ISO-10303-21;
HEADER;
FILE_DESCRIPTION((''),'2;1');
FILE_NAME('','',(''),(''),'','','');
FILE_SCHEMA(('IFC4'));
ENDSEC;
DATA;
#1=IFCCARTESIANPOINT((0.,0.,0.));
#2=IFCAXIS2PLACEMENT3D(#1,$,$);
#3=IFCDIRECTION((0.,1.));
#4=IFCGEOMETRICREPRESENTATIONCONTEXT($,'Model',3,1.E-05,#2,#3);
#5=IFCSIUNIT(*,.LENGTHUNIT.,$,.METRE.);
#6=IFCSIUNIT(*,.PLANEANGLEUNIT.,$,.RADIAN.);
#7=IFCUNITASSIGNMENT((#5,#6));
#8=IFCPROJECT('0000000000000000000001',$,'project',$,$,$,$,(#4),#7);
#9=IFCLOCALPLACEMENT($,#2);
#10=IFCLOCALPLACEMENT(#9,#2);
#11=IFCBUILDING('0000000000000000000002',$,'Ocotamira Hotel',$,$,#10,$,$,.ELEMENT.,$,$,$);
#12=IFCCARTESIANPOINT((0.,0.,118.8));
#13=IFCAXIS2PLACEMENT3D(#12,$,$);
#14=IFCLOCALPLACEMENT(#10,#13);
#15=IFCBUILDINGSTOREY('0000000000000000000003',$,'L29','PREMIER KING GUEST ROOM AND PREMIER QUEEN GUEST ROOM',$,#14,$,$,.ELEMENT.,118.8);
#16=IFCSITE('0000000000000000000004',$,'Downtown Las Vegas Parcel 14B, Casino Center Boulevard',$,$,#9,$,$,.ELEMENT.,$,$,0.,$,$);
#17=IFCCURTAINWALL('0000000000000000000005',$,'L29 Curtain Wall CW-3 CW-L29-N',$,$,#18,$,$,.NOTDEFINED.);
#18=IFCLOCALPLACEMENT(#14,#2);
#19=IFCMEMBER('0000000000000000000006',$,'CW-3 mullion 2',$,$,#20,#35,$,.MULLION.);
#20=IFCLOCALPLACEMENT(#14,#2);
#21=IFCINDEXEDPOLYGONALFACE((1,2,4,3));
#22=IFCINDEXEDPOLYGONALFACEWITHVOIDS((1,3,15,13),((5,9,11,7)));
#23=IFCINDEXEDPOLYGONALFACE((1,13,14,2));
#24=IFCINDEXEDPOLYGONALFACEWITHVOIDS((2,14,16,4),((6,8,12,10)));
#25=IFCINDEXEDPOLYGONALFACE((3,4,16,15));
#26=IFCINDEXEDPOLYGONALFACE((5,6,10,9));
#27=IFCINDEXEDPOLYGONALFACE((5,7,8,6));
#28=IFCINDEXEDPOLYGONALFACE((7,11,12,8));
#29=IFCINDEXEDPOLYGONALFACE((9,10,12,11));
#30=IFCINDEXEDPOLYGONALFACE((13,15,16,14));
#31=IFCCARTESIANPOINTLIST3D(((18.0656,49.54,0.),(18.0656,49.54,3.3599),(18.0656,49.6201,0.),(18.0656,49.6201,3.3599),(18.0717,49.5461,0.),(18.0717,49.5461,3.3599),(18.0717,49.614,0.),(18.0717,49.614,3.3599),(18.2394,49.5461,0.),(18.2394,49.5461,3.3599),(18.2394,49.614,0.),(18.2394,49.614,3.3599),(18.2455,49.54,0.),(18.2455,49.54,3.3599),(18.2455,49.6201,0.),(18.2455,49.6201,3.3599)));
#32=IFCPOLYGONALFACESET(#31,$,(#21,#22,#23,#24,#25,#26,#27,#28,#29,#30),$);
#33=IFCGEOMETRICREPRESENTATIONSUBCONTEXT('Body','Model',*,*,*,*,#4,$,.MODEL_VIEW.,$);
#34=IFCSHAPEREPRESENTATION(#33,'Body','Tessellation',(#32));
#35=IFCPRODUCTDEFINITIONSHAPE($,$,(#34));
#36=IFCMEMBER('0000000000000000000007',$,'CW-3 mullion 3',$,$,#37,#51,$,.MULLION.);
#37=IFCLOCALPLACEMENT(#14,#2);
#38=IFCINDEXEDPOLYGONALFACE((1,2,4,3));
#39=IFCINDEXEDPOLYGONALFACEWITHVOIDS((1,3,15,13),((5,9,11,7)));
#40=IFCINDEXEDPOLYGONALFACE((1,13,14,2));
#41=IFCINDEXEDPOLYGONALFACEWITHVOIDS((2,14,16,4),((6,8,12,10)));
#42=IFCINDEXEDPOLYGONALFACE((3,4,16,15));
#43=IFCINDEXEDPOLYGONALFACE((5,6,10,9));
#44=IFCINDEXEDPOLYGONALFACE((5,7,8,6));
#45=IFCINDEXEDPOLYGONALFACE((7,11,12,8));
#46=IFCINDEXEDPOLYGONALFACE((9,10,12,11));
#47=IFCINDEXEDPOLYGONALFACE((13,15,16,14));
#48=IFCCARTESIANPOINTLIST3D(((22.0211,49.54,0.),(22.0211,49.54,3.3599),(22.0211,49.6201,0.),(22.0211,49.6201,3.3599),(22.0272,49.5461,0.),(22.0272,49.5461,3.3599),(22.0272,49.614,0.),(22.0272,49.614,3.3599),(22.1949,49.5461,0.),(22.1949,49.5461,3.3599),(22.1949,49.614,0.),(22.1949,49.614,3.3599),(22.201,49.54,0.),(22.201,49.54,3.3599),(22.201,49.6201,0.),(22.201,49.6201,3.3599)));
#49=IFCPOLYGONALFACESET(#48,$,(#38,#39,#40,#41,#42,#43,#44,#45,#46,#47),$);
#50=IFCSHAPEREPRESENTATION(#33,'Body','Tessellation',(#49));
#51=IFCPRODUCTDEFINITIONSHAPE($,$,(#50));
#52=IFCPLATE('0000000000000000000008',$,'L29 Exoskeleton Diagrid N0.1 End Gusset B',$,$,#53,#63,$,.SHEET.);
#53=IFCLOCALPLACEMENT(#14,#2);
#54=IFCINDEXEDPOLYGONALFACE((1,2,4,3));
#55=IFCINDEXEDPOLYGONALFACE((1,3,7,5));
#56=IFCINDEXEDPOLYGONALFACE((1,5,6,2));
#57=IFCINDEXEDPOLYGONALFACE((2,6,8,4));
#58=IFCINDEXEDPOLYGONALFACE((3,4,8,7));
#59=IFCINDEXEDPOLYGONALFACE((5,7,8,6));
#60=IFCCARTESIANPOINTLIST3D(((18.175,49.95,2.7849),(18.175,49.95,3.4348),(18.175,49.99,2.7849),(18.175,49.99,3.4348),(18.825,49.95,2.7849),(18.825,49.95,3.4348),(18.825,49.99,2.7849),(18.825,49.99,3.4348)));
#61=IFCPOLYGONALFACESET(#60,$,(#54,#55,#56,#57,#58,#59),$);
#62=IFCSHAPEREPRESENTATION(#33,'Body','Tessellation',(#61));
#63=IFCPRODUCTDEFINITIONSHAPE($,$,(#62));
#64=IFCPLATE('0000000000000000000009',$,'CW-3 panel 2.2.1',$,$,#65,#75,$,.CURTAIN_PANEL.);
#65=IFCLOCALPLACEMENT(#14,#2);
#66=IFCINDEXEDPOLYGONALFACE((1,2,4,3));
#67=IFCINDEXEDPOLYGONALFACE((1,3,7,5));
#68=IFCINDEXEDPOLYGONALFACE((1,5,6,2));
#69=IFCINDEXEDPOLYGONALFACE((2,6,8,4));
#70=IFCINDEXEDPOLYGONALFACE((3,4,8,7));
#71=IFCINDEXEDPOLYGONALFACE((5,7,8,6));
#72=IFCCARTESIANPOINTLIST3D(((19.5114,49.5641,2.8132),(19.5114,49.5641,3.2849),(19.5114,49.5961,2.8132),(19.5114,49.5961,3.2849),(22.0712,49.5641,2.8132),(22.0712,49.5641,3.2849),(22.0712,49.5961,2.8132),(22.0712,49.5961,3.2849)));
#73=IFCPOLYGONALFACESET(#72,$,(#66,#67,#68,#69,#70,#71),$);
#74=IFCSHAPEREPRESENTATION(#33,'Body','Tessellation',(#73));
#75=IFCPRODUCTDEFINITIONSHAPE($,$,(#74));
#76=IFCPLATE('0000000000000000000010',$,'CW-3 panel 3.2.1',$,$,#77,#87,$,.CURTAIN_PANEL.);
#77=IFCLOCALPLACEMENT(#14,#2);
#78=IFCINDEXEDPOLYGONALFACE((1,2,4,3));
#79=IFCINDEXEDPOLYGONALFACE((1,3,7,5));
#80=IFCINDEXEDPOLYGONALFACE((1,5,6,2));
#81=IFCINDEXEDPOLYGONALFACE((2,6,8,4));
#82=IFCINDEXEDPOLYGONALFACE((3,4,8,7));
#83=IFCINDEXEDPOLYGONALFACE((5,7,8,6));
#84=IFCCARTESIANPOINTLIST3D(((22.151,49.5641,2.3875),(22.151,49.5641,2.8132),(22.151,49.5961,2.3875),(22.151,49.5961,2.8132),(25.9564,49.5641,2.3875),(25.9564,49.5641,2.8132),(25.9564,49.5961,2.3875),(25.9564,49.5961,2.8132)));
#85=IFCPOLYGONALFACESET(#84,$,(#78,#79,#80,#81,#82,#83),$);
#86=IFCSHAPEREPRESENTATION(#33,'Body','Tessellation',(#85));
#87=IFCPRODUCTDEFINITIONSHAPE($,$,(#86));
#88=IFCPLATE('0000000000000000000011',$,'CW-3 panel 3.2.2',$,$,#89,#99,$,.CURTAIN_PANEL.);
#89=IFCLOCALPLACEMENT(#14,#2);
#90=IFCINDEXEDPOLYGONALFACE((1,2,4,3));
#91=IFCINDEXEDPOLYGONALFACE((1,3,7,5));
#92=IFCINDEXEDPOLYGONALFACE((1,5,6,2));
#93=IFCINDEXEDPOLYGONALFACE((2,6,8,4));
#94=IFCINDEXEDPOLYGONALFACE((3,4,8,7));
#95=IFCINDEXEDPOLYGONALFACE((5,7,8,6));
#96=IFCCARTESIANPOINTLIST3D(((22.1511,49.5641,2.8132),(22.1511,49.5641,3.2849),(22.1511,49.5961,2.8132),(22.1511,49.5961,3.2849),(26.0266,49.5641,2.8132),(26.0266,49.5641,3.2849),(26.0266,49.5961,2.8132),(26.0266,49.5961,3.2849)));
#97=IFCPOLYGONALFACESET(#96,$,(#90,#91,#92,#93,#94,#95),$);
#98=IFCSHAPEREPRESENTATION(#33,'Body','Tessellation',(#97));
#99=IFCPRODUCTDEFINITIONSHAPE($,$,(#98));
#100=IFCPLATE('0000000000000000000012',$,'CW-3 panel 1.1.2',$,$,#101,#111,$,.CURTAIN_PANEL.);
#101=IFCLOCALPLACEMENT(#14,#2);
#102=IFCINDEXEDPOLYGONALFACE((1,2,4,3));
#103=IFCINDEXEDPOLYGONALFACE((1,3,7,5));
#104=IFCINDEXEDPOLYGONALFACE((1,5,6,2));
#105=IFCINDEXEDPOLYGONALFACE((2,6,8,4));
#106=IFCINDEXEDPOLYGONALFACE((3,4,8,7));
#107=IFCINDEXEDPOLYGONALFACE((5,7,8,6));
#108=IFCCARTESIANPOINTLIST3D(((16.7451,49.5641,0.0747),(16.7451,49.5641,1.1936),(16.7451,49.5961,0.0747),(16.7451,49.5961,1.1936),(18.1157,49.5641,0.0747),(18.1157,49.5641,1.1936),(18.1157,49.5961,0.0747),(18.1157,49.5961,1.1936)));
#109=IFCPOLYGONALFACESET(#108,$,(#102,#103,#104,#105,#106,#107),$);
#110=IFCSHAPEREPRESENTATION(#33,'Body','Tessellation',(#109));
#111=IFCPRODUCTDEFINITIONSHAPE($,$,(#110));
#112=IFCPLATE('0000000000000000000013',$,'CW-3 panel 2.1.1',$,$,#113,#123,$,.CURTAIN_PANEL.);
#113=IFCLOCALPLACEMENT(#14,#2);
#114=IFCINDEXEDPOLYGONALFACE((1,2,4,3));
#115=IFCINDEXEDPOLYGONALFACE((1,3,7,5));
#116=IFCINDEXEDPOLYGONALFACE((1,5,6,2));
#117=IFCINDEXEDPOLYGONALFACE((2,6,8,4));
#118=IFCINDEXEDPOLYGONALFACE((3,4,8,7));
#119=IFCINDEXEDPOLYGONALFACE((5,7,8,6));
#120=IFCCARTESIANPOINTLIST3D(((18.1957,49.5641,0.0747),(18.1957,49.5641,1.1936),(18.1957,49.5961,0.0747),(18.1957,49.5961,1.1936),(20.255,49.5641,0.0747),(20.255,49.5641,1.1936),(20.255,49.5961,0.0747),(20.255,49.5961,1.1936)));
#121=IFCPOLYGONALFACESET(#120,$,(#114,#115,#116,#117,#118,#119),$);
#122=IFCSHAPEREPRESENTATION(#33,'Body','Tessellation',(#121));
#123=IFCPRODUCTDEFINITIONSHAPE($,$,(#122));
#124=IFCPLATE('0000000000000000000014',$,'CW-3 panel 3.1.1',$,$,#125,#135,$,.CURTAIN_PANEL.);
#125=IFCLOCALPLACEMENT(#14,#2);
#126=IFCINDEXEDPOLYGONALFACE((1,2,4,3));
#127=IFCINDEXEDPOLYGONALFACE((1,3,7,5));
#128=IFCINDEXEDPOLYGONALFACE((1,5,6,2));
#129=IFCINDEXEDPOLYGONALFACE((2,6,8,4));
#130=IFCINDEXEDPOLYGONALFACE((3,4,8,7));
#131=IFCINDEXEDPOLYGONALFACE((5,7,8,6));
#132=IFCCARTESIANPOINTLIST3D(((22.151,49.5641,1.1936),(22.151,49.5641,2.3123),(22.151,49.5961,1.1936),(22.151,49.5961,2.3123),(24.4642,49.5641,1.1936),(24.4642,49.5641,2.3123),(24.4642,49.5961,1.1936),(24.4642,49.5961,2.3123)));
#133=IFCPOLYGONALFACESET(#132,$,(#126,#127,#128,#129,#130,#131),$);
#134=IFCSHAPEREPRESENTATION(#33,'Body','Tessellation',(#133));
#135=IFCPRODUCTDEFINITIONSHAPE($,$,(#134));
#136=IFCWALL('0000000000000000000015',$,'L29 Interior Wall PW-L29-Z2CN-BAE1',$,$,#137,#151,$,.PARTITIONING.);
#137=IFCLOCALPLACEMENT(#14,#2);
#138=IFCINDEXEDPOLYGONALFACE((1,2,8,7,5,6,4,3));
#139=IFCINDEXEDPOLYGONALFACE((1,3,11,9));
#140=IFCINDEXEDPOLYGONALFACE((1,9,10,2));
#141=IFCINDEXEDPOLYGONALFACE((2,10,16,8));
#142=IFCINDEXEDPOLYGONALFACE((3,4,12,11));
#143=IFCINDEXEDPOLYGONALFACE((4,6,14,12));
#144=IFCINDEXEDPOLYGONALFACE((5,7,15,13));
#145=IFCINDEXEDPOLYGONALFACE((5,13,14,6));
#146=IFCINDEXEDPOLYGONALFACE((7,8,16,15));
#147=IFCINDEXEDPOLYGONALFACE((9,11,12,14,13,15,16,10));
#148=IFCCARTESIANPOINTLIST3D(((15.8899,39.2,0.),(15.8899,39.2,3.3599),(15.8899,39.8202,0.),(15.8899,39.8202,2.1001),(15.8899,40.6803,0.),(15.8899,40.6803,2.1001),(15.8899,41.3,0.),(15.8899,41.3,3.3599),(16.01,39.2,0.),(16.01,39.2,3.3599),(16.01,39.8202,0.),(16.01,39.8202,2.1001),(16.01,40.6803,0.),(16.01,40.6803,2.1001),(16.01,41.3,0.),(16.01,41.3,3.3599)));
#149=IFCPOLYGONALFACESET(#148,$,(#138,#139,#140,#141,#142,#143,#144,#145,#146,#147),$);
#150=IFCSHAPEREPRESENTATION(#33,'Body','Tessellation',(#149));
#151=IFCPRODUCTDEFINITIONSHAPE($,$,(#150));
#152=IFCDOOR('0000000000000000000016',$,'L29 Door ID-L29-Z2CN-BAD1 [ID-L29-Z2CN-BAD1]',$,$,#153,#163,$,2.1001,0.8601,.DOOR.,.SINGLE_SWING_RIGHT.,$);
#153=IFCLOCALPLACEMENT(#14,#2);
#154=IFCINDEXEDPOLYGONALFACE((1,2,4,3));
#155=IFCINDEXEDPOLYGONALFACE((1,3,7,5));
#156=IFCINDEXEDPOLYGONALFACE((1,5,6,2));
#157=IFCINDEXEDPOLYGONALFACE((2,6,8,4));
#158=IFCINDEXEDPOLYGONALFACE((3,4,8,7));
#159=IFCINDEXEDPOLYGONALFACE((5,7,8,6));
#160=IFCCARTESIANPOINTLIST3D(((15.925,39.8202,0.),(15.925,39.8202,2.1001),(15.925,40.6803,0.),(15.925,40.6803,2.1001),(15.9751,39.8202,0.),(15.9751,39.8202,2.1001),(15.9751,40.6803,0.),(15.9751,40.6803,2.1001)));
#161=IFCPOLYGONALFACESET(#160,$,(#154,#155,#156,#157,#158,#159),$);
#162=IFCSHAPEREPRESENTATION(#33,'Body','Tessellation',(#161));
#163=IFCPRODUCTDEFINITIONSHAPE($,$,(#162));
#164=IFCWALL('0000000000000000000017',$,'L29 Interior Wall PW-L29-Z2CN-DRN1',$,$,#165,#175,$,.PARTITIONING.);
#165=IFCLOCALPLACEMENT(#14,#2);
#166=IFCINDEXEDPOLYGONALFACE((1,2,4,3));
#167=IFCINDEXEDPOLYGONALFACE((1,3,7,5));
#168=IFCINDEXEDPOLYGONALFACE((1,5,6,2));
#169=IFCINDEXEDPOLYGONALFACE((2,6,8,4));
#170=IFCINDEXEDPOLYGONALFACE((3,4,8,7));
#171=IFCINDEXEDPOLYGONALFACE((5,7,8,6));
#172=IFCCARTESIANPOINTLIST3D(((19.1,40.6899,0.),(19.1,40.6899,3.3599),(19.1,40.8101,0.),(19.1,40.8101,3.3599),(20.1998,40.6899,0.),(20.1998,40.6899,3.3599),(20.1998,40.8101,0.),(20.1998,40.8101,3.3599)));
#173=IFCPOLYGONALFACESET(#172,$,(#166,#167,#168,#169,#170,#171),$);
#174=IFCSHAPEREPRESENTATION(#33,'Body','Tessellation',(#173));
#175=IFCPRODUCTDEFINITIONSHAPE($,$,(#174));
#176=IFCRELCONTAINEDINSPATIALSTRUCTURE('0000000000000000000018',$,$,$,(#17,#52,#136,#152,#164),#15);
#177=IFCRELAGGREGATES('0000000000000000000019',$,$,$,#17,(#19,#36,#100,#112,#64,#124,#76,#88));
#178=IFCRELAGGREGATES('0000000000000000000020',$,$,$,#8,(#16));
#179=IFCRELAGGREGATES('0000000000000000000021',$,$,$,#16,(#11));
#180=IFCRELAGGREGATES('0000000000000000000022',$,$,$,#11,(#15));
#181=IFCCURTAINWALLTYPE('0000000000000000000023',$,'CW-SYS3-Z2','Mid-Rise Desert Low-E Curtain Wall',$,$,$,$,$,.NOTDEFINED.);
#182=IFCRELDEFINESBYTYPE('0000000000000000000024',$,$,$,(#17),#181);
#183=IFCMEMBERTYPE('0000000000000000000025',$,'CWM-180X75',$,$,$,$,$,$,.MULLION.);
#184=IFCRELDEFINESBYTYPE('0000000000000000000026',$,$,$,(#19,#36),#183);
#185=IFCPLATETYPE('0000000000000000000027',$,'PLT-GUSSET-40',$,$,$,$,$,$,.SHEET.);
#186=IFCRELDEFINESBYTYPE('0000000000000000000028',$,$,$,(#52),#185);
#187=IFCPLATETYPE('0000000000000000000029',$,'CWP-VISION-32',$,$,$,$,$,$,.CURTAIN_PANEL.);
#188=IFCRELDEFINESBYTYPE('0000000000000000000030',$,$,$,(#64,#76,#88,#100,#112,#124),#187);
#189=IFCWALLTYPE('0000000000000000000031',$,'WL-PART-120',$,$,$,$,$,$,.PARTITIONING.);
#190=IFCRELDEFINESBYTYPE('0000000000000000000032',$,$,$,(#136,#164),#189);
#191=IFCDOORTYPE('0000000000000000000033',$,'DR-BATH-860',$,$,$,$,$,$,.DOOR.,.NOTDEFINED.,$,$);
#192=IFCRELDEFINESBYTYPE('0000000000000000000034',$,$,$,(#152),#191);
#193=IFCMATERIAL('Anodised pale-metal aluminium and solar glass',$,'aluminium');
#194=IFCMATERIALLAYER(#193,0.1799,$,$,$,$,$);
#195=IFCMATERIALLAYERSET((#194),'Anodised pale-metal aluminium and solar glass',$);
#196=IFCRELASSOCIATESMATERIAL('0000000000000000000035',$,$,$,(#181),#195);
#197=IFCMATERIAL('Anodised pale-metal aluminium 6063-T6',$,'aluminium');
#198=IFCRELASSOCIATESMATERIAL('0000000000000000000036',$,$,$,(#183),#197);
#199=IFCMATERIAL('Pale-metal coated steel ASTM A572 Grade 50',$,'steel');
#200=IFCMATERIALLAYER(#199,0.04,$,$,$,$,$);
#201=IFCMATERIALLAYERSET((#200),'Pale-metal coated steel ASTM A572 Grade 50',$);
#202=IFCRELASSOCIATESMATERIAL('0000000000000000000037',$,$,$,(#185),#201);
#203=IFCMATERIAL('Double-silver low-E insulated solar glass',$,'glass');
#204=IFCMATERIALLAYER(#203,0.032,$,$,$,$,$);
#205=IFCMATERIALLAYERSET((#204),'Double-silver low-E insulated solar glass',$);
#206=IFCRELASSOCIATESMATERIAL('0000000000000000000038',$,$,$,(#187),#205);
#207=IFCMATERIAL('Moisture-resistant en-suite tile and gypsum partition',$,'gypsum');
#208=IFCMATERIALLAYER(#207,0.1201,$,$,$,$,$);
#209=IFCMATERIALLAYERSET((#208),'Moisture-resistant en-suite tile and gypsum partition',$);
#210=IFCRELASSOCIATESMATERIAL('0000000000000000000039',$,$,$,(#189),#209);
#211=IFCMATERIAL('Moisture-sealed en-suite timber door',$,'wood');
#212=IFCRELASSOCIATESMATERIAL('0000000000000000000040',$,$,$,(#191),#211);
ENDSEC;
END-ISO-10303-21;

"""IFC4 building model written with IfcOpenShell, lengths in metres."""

from ifc_helpers import new_model, si_unit, direction, frame, frame_2d, origin, origin_2d, place, context, subcontext, project, spatial, rectangle, hollow_rectangle, extrude, source, transform, mapped, material, layer, layer_set, material_profile, profile_set, type_object, element, fill, aggregate, save


model = new_model("IFC4")

# Units and contexts
model_context = context("Model", 3, precision=1e-05, world=origin(), true_north=direction((0.0, 1.0)))
body_context = subcontext(model_context, "Body", "Model", "MODEL_VIEW")
ifc_project = project(units=[si_unit("LENGTHUNIT", "METRE"), si_unit("PLANEANGLEUNIT", "RADIAN")], contexts=[model_context])

# Site, building, storey
site_placement = place(None, origin())
site = spatial("IfcSite", under=ifc_project, at=site_placement, Name="Downtown Las Vegas Parcel 14B, Casino Center Boulevard", CompositionType="ELEMENT", RefElevation=0.0)
building_placement = place(site_placement, origin())
building = spatial("IfcBuilding", under=site, at=building_placement, Name="Ocotamira Hotel", CompositionType="ELEMENT")
storey_placement = place(building_placement, frame((0.0, 0.0, 118.8)))
storey = spatial("IfcBuildingStorey", under=building, at=storey_placement, Name="L29", Description="PREMIER KING GUEST ROOM AND PREMIER QUEEN GUEST ROOM", CompositionType="ELEMENT", Elevation=118.8)

# Curtain wall, members
ifc_material_1 = material(Name="Anodised pale-metal aluminium and solar glass", Category="aluminium")
ifc_layer_1 = layer(ifc_material_1, 0.1799)
ifc_layer_set_1 = layer_set([ifc_layer_1], Name="Anodised pale-metal aluminium and solar glass")
curtain_wall_type = type_object("IfcCurtainWallType", Name="CW-SYS3-Z2", Description="Mid-Rise Desert Low-E Curtain Wall", PredefinedType="NOTDEFINED", material=ifc_layer_set_1)
curtain_wall_placement = place(storey_placement, origin())
curtain_wall = element("IfcCurtainWall", 1, at=curtain_wall_placement, inside=storey, type_object=curtain_wall_type, Name="L29 Curtain Wall CW-3 CW-L29-N", PredefinedType="NOTDEFINED")
ifc_material_2 = material(Name="Anodised pale-metal aluminium 6063-T6", Category="aluminium")
ifc_material_profile_1 = material_profile(ifc_material_2, hollow_rectangle(XDim=0.0801, YDim=0.1799, WallThickness=0.0061, at=origin_2d()), Name="HSS180X80X6")
ifc_profile_set_1 = profile_set([ifc_material_profile_1], Name="Anodised pale-metal aluminium 6063-T6")
member_type_1 = type_object("IfcMemberType", Name="CWM-180X75", PredefinedType="MULLION", material=ifc_profile_set_1)
shared_shape_1 = source(origin(), body_context, "Body", "SweptSolid", [
    extrude(hollow_rectangle(XDim=0.0801, YDim=0.1799, WallThickness=0.0061, at=origin_2d()), origin(), (0.0, 0.0, 1.0), 3.3599),
])
member_1_placement = place(storey_placement, frame((18.1555, 49.5801, 0.0), z_axis=(0.0, 0.0, 1.0), x_axis=(0.0, 1.0, 0.0)))
member_1 = element("IfcMember", 2, at=member_1_placement, type_object=member_type_1, Name="CW-3 mullion 2", PredefinedType="MULLION", context=body_context, shape_type="MappedRepresentation", body=[
    mapped(shared_shape_1, transform((0.0, 0.0, 0.0), scale=1.0)),
])
member_2_placement = place(storey_placement, frame((22.1111, 49.5801, 0.0), z_axis=(0.0, 0.0, 1.0), x_axis=(0.0, 1.0, 0.0)))
member_2 = element("IfcMember", 3, at=member_2_placement, type_object=member_type_1, Name="CW-3 mullion 3", PredefinedType="MULLION", context=body_context, shape_type="MappedRepresentation", body=[
    mapped(shared_shape_1, transform((0.0, 0.0, 0.0), scale=1.0)),
])

# Plates
ifc_material_3 = material(Name="Pale-metal coated steel ASTM A572 Grade 50", Category="steel")
ifc_layer_2 = layer(ifc_material_3, 0.04)
ifc_layer_set_2 = layer_set([ifc_layer_2], Name="Pale-metal coated steel ASTM A572 Grade 50")
plate_type_1 = type_object("IfcPlateType", Name="PLT-GUSSET-40", PredefinedType="SHEET", material=ifc_layer_set_2)
shared_shape_2 = source(origin(), body_context, "Body", "SweptSolid", [
    extrude(rectangle(XDim=0.6499, YDim=0.04, at=origin_2d()), origin(), (0.0, 0.0, 1.0), 0.6499),
])
plate_1_placement = place(storey_placement, frame((18.5, 49.97, 2.7849), z_axis=(0.0, 0.0, 1.0), x_axis=(1.0, 0.0, 0.0)))
element("IfcPlate", 4, at=plate_1_placement, inside=storey, type_object=plate_type_1, Name="L29 Exoskeleton Diagrid N0.1 End Gusset B", PredefinedType="SHEET", context=body_context, shape_type="MappedRepresentation", body=[
    mapped(shared_shape_2, transform((0.0, 0.0, 0.0), scale=1.0)),
])
ifc_material_4 = material(Name="Double-silver low-E insulated solar glass", Category="glass")
ifc_layer_3 = layer(ifc_material_4, 0.032)
ifc_layer_set_3 = layer_set([ifc_layer_3], Name="Double-silver low-E insulated solar glass")
plate_type_2 = type_object("IfcPlateType", Name="CWP-VISION-32", PredefinedType="CURTAIN_PANEL", material=ifc_layer_set_3)
shared_shape_3 = source(origin(), body_context, "Body", "SweptSolid", [
    extrude(rectangle(XDim=2.5598, YDim=0.032, at=origin_2d()), origin(), (0.0, 0.0, 1.0), 0.4717),
])
plate_2_placement = place(storey_placement, frame((20.7913, 49.5801, 2.8132), z_axis=(0.0, 0.0, 1.0), x_axis=(1.0, 0.0, 0.0)))
plate_2 = element("IfcPlate", 5, at=plate_2_placement, type_object=plate_type_2, Name="CW-3 panel 2.2.1", PredefinedType="CURTAIN_PANEL", context=body_context, shape_type="MappedRepresentation", body=[
    mapped(shared_shape_3, transform((0.0, 0.0, 0.0), scale=1.0)),
])
shared_shape_4 = source(origin(), body_context, "Body", "SweptSolid", [
    extrude(rectangle(XDim=3.8054, YDim=0.032, at=origin_2d()), origin(), (0.0, 0.0, 1.0), 0.4258),
])
plate_3_placement = place(storey_placement, frame((24.0537, 49.5801, 2.3875), z_axis=(0.0, 0.0, 1.0), x_axis=(1.0, 0.0, 0.0)))
plate_3 = element("IfcPlate", 6, at=plate_3_placement, type_object=plate_type_2, Name="CW-3 panel 3.2.1", PredefinedType="CURTAIN_PANEL", context=body_context, shape_type="MappedRepresentation", body=[
    mapped(shared_shape_4, transform((0.0, 0.0, 0.0), scale=1.0)),
])
shared_shape_5 = source(origin(), body_context, "Body", "SweptSolid", [
    extrude(rectangle(XDim=3.8755, YDim=0.032, at=origin_2d()), origin(), (0.0, 0.0, 1.0), 0.4717),
])
plate_4_placement = place(storey_placement, frame((24.0889, 49.5801, 2.8132), z_axis=(0.0, 0.0, 1.0), x_axis=(1.0, 0.0, 0.0)))
plate_4 = element("IfcPlate", 7, at=plate_4_placement, type_object=plate_type_2, Name="CW-3 panel 3.2.2", PredefinedType="CURTAIN_PANEL", context=body_context, shape_type="MappedRepresentation", body=[
    mapped(shared_shape_5, transform((0.0, 0.0, 0.0), scale=1.0)),
])
shared_shape_6 = source(origin(), body_context, "Body", "SweptSolid", [
    extrude(rectangle(XDim=1.3706, YDim=0.032, at=origin_2d()), origin(), (0.0, 0.0, 1.0), 1.1189),
])
plate_5_placement = place(storey_placement, frame((17.4304, 49.5801, 0.0747), z_axis=(0.0, 0.0, 1.0), x_axis=(1.0, 0.0, 0.0)))
plate_5 = element("IfcPlate", 8, at=plate_5_placement, type_object=plate_type_2, Name="CW-3 panel 1.1.2", PredefinedType="CURTAIN_PANEL", context=body_context, shape_type="MappedRepresentation", body=[
    mapped(shared_shape_6, transform((0.0, 0.0, 0.0), scale=1.0)),
])
shared_shape_7 = source(origin(), body_context, "Body", "SweptSolid", [
    extrude(rectangle(XDim=2.0593, YDim=0.032, at=origin_2d()), origin(), (0.0, 0.0, 1.0), 1.1189),
])
plate_6_placement = place(storey_placement, frame((19.2253, 49.5801, 0.0747), z_axis=(0.0, 0.0, 1.0), x_axis=(1.0, 0.0, 0.0)))
plate_6 = element("IfcPlate", 9, at=plate_6_placement, type_object=plate_type_2, Name="CW-3 panel 2.1.1", PredefinedType="CURTAIN_PANEL", context=body_context, shape_type="MappedRepresentation", body=[
    mapped(shared_shape_7, transform((0.0, 0.0, 0.0), scale=1.0)),
])
shared_shape_8 = source(origin(), body_context, "Body", "SweptSolid", [
    extrude(rectangle(XDim=2.3132, YDim=0.032, at=origin_2d()), origin(), (0.0, 0.0, 1.0), 1.1187),
])
plate_7_placement = place(storey_placement, frame((23.3076, 49.5801, 1.1936), z_axis=(0.0, 0.0, 1.0), x_axis=(1.0, 0.0, 0.0)))
plate_7 = element("IfcPlate", 10, at=plate_7_placement, type_object=plate_type_2, Name="CW-3 panel 3.1.1", PredefinedType="CURTAIN_PANEL", context=body_context, shape_type="MappedRepresentation", body=[
    mapped(shared_shape_8, transform((0.0, 0.0, 0.0), scale=1.0)),
])
aggregate(curtain_wall, [member_1, member_2, plate_5, plate_6, plate_2, plate_7, plate_3, plate_4])

# Wall, opening, door
ifc_material_5 = material(Name="Moisture-resistant en-suite tile and gypsum partition", Category="gypsum")
ifc_layer_4 = layer(ifc_material_5, 0.1201)
ifc_layer_set_4 = layer_set([ifc_layer_4], Name="Moisture-resistant en-suite tile and gypsum partition")
wall_type_1 = type_object("IfcWallType", Name="WL-PART-120", PredefinedType="PARTITIONING", material=ifc_layer_set_4)
wall_1_placement = place(storey_placement, frame((15.95, 39.2, 0.0), z_axis=(0.0, 0.0, 1.0), x_axis=(0.0, 1.0, 0.0)))
wall_1 = element("IfcWall", 11, at=wall_1_placement, inside=storey, type_object=wall_type_1, Name="L29 Interior Wall PW-L29-Z2CN-BAE1", PredefinedType="PARTITIONING", context=body_context, shape_type="SweptSolid", body=[
    extrude(rectangle(XDim=2.1001, YDim=0.1201, at=frame_2d((1.05, 0.0))), origin(), (0.0, 0.0, 1.0), 3.3599),
])
opening_1_placement = place(wall_1_placement, frame((0.6201, 0.0, 0.0)))
opening_1 = element("IfcOpeningElement", 12, at=opening_1_placement, cuts=wall_1, PredefinedType="OPENING", context=body_context, shape_type="SweptSolid", body=[
    extrude(rectangle(XDim=0.8601, YDim=2.1001, at=frame_2d((0.4302, 1.05))), frame((0.0, 0.0701, 0.0), z_axis=(0.0, -1.0, 0.0), x_axis=(1.0, 0.0, 0.0)), (0.0, 0.0, 1.0), 0.1401),
])
ifc_material_6 = material(Name="Moisture-sealed en-suite timber door", Category="wood")
door_type = type_object("IfcDoorType", Name="DR-BATH-860", OperationType="NOTDEFINED", PredefinedType="DOOR", material=ifc_material_6)
shared_shape_9 = source(origin(), body_context, "Body", "SweptSolid", [
    extrude(rectangle(XDim=0.8601, YDim=2.1001, at=frame_2d((0.4302, 1.05))), frame((0.0, 0.0249, 0.0), z_axis=(0.0, -1.0, 0.0), x_axis=(1.0, 0.0, 0.0)), (0.0, 0.0, 1.0), 0.05),
])
door_1_placement = place(opening_1_placement, origin())
door_1 = element("IfcDoor", 13, at=door_1_placement, inside=storey, type_object=door_type, Name="L29 Door ID-L29-Z2CN-BAD1 [ID-L29-Z2CN-BAD1]", OperationType="SINGLE_SWING_RIGHT", OverallHeight=2.1001, OverallWidth=0.8601, PredefinedType="DOOR", context=body_context, shape_type="MappedRepresentation", body=[
    mapped(shared_shape_9, transform((0.0, 0.0, 0.0), scale=1.0)),
])
fill(opening_1, door_1)

# Wall
wall_2_placement = place(storey_placement, frame((19.1001, 40.75, 0.0), z_axis=(0.0, 0.0, 1.0), x_axis=(1.0, 0.0, 0.0)))
element("IfcWall", 14, at=wall_2_placement, inside=storey, type_object=wall_type_1, Name="L29 Interior Wall PW-L29-Z2CN-DRN1", PredefinedType="PARTITIONING", context=body_context, shape_type="SweptSolid", body=[
    extrude(rectangle(XDim=1.0999, YDim=0.1201, at=frame_2d((0.5498, 0.0))), origin(), (0.0, 0.0, 1.0), 3.3599),
])

save(model, "model.ifc")
